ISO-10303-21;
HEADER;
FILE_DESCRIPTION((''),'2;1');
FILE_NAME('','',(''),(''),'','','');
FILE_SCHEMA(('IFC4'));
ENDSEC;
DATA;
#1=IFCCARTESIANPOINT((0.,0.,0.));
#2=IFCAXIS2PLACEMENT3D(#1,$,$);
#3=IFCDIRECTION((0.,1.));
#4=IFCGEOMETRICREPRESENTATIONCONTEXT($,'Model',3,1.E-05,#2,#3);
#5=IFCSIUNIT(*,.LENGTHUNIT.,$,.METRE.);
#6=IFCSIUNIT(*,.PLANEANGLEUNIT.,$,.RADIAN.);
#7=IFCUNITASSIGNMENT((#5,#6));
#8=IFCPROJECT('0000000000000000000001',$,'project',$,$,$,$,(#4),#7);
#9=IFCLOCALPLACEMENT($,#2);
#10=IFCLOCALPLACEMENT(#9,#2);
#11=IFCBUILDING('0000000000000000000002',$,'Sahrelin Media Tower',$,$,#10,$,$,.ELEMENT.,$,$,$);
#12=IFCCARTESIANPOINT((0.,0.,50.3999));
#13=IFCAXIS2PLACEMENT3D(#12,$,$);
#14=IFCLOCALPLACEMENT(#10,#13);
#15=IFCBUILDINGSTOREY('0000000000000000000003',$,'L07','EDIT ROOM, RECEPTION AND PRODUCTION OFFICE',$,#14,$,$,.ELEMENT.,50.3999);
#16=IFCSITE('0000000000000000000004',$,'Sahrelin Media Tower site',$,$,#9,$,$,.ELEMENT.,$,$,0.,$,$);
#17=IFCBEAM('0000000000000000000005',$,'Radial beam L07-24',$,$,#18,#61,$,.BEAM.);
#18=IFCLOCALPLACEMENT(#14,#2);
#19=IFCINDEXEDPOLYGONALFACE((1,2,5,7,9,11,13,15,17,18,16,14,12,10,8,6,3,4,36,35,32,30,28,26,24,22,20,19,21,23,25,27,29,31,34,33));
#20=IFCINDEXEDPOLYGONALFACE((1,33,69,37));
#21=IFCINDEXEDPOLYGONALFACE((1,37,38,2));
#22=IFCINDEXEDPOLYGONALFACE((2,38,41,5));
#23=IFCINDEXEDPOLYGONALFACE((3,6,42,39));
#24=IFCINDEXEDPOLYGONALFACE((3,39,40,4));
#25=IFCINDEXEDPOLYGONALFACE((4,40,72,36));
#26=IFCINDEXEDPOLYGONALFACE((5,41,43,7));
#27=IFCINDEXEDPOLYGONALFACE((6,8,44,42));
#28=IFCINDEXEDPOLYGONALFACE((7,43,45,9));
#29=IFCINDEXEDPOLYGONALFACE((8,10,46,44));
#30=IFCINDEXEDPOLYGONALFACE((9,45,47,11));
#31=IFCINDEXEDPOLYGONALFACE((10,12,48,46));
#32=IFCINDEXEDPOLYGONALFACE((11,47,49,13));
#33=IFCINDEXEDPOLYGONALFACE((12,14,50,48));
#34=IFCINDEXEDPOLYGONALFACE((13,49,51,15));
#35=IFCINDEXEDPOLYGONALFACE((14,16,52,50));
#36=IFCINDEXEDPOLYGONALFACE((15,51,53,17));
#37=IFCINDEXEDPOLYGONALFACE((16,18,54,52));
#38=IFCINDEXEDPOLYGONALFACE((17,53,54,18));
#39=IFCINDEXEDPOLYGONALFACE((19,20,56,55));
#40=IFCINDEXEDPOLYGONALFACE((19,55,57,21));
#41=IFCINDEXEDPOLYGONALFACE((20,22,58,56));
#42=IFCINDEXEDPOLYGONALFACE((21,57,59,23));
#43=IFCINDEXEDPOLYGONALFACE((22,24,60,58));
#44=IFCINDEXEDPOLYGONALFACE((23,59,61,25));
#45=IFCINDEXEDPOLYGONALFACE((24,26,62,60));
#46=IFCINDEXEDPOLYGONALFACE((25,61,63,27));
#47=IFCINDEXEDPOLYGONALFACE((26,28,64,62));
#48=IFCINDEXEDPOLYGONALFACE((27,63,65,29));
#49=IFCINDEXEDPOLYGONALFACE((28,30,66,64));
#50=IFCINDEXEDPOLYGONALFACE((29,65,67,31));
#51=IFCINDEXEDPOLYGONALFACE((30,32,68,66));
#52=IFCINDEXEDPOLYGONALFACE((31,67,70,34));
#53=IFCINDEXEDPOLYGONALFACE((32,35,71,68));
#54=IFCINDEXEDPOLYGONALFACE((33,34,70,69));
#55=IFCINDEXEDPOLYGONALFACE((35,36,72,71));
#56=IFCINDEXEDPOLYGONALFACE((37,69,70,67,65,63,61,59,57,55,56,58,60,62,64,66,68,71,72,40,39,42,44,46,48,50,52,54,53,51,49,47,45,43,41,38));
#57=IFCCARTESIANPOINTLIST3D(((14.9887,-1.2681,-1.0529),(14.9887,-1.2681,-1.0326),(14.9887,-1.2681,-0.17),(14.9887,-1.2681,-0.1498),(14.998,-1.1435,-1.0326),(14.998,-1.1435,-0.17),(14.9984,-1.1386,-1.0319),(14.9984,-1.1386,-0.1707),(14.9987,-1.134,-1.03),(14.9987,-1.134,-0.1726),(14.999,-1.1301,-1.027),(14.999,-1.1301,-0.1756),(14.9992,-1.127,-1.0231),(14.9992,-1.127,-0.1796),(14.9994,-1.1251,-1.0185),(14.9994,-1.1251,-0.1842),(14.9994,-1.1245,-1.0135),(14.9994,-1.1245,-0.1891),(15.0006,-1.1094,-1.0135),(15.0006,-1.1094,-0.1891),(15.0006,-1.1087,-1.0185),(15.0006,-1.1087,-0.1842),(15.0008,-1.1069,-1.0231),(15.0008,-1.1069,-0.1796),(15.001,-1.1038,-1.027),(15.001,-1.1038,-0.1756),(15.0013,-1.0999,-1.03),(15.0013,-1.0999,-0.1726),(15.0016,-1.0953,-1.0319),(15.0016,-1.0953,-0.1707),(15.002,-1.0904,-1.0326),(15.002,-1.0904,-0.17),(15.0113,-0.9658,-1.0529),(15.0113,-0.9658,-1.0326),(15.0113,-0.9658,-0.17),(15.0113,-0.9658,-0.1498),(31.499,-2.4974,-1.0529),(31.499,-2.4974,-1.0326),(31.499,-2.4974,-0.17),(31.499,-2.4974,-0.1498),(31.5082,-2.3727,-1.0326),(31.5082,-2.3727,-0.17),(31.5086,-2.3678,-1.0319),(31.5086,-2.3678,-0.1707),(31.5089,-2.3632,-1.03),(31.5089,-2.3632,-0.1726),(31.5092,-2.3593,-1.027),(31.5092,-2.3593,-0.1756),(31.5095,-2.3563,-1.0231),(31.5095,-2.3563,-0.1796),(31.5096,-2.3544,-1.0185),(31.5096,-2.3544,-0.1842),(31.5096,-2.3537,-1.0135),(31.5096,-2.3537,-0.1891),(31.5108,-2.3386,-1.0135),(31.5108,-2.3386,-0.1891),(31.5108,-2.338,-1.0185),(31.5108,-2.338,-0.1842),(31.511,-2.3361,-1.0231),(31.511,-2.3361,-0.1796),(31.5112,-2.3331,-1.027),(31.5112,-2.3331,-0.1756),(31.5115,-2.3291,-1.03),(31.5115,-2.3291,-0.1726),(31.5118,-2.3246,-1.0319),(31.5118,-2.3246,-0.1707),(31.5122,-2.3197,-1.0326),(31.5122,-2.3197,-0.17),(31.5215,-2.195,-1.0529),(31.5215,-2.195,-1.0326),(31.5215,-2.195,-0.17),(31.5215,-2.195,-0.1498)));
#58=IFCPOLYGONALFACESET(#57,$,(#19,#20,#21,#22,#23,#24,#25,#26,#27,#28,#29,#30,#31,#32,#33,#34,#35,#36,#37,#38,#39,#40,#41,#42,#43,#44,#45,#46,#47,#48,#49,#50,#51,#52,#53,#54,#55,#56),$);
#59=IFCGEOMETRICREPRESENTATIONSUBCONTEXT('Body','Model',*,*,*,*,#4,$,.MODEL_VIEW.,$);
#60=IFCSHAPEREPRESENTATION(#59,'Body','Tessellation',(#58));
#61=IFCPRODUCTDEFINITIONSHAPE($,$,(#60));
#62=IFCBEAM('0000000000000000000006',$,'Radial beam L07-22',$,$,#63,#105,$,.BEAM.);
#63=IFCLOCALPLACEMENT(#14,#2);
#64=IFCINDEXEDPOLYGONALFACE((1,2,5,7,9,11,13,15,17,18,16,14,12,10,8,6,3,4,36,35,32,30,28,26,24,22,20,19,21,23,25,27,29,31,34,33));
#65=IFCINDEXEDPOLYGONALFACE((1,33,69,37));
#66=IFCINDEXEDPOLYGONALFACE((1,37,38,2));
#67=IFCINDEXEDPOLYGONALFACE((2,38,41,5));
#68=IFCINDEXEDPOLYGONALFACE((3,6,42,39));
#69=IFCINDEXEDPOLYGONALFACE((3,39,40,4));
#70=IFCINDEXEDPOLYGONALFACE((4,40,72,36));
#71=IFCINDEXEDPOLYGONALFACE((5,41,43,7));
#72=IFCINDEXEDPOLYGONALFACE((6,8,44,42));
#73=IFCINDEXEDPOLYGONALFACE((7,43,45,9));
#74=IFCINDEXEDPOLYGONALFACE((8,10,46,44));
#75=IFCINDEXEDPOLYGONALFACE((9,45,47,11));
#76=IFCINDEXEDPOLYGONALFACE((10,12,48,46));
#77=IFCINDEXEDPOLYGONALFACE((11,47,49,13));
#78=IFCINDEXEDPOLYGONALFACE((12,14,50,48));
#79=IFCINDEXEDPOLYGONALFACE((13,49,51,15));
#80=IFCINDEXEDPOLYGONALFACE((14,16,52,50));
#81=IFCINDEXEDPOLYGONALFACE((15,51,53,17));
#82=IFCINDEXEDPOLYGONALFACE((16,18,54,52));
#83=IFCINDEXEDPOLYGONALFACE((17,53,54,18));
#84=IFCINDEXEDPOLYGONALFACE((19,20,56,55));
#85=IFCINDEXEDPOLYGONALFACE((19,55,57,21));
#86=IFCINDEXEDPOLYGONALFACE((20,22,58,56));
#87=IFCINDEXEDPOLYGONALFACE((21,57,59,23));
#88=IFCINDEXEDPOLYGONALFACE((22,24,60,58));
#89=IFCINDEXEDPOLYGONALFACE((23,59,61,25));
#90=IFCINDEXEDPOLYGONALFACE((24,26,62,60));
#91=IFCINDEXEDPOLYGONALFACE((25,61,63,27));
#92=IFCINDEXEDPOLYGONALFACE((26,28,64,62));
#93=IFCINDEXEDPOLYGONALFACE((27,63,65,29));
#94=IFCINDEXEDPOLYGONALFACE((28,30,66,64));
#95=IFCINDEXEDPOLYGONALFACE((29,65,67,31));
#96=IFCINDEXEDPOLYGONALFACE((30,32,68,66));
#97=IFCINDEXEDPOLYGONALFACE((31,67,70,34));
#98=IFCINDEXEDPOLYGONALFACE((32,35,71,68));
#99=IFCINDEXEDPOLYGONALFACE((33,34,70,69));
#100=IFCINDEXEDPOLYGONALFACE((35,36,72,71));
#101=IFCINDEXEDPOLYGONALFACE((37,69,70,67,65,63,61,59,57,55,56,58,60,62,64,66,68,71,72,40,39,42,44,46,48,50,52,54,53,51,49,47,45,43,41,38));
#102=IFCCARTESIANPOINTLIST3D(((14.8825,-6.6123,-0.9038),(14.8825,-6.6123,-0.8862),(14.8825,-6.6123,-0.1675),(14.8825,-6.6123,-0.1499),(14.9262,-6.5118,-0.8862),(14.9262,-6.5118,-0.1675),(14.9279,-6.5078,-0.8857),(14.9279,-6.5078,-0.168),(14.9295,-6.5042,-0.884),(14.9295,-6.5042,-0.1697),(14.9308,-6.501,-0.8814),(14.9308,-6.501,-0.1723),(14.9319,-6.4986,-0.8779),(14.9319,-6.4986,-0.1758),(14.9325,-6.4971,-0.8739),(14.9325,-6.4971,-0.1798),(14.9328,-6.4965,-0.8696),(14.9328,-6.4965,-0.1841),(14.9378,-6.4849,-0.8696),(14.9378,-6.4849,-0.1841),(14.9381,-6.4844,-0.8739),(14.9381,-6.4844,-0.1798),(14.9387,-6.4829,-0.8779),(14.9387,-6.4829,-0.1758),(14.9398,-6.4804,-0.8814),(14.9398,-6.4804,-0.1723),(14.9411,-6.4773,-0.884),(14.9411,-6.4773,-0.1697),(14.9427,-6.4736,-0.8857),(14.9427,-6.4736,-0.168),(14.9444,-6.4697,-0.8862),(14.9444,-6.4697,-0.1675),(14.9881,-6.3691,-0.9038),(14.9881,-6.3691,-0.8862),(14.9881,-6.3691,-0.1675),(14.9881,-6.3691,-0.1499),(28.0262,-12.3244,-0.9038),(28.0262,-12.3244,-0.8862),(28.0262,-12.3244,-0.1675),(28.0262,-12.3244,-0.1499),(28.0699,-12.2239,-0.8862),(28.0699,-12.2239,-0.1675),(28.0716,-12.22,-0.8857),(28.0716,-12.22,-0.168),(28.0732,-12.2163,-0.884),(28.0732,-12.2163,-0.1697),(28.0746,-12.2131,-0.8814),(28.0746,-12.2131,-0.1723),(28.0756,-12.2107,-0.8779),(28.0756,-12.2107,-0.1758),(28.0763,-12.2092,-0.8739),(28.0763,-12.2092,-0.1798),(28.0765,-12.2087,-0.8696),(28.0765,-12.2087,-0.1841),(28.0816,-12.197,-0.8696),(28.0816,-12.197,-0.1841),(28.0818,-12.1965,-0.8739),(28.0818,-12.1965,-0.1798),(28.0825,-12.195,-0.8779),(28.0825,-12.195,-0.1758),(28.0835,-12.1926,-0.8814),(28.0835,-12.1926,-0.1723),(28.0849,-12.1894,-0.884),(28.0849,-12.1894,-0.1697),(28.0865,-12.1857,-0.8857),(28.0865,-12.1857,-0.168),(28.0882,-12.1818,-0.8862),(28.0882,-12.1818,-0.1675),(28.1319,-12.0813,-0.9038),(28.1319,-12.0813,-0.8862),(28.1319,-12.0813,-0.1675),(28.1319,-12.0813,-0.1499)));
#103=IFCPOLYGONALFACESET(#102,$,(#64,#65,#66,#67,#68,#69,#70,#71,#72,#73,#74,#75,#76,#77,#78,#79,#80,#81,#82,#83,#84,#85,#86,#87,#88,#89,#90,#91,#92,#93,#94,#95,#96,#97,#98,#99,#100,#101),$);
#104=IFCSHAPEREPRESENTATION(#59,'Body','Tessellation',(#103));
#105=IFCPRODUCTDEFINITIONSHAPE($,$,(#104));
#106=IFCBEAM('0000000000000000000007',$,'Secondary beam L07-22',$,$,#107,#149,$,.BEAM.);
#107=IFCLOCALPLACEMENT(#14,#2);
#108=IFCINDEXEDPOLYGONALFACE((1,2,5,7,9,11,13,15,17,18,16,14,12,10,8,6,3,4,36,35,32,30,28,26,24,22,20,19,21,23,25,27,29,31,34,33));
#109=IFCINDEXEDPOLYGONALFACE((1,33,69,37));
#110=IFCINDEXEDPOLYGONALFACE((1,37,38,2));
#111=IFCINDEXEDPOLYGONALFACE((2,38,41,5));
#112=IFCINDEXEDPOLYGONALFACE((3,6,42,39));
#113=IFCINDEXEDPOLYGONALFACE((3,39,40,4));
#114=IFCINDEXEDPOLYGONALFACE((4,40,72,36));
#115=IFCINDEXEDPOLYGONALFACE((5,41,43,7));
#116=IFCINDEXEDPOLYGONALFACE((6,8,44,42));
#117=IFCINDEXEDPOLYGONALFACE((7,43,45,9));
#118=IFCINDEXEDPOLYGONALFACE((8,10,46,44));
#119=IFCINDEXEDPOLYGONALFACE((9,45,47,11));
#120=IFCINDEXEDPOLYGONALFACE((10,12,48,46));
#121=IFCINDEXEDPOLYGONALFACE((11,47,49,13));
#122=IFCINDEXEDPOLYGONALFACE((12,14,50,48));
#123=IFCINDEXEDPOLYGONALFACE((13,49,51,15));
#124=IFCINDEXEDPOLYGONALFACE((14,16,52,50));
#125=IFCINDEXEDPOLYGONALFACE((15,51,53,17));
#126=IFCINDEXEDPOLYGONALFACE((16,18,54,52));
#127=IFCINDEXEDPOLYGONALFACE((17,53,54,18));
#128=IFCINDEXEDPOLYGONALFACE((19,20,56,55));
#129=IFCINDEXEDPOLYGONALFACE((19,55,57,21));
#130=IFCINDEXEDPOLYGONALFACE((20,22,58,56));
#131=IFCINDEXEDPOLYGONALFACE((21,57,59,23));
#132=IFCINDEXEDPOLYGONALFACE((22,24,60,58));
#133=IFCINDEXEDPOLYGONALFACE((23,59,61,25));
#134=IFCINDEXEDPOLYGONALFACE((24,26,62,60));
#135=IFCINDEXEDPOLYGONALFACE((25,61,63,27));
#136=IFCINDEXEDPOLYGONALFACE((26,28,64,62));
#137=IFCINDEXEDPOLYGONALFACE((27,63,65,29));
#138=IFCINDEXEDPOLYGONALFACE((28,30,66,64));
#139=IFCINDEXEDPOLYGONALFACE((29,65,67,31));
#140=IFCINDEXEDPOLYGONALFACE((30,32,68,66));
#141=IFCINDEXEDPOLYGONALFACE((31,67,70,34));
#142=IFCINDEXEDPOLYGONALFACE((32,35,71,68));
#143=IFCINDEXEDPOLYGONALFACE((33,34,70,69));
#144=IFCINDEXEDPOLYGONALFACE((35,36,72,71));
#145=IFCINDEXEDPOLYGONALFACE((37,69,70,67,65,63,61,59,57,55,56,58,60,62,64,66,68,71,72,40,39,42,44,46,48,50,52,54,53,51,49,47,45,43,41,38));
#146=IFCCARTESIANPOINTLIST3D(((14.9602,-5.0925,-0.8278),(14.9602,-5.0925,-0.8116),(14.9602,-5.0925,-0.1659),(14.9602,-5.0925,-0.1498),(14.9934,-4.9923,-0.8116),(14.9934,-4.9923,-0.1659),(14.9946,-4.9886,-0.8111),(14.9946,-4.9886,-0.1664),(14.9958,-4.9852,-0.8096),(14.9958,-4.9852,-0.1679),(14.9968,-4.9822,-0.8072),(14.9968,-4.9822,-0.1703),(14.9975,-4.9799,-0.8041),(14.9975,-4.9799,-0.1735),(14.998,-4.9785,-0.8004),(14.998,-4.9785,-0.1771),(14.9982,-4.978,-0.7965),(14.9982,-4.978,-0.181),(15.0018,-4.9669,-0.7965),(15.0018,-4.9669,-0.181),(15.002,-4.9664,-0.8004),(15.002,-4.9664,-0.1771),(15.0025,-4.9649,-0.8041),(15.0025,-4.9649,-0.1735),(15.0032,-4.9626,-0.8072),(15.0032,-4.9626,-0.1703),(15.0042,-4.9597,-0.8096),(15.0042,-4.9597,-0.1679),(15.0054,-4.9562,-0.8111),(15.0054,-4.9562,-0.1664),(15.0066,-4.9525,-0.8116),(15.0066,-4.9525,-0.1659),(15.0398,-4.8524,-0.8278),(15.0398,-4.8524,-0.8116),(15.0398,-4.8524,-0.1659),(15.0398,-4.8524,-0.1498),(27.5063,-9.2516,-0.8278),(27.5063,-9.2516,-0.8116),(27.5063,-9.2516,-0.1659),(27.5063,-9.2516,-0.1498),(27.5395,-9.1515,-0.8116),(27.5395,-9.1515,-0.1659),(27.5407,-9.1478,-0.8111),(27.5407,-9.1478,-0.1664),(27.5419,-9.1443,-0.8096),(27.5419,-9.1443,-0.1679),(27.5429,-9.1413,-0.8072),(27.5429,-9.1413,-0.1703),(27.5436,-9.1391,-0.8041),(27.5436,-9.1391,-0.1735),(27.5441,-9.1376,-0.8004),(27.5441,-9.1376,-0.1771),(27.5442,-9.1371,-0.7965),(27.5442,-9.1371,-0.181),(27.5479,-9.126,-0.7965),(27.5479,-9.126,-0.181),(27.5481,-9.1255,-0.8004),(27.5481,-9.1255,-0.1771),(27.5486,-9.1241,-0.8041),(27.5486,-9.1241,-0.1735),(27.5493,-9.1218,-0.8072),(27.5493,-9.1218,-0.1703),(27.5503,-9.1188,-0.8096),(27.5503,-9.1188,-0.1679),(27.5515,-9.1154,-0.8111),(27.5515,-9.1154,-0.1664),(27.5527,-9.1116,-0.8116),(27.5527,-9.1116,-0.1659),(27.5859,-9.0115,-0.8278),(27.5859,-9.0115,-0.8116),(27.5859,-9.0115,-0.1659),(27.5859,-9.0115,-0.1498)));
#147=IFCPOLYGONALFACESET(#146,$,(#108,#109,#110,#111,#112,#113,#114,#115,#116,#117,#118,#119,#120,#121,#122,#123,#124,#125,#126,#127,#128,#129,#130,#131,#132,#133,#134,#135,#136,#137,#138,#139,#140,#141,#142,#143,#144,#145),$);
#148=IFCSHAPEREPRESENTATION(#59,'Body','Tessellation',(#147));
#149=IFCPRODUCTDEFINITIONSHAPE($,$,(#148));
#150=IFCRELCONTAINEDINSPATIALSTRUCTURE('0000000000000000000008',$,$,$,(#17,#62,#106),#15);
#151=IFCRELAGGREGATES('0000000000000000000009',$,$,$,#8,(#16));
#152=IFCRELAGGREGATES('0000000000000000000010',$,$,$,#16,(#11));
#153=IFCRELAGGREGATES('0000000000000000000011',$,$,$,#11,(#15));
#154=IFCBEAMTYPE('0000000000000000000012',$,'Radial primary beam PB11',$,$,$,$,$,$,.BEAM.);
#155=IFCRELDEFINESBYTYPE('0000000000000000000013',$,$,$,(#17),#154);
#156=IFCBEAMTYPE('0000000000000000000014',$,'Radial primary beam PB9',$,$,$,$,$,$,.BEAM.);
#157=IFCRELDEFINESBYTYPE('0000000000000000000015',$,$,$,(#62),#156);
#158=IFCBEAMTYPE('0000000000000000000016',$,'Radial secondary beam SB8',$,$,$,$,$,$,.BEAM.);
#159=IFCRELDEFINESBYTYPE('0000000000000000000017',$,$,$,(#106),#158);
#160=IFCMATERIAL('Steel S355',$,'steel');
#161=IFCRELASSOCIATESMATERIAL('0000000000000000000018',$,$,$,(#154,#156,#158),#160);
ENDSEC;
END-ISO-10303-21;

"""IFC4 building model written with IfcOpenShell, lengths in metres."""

from ifc_helpers import new_model, si_unit, direction, frame, origin, origin_2d, place, context, subcontext, project, spatial, i_section, extrude, material, material_profile, profile_set, type_object, element, save


model = new_model("IFC4")

# Units and contexts
model_context = context("Model", 3, precision=1e-05, world=origin(), true_north=direction((0.0, 1.0)))
body_context = subcontext(model_context, "Body", "Model", "MODEL_VIEW")
ifc_project = project(units=[si_unit("LENGTHUNIT", "METRE"), si_unit("PLANEANGLEUNIT", "RADIAN")], contexts=[model_context])

# Site, building, storey
site_placement = place(None, origin())
site = spatial("IfcSite", under=ifc_project, at=site_placement, Name="Sahrelin Media Tower site", CompositionType="ELEMENT", RefElevation=0.0)
building_placement = place(site_placement, origin())
building = spatial("IfcBuilding", under=site, at=building_placement, Name="Sahrelin Media Tower", CompositionType="ELEMENT")
storey_placement = place(building_placement, frame((0.0, 0.0, 50.3999)))
storey = spatial("IfcBuildingStorey", under=building, at=storey_placement, Name="L07", Description="EDIT ROOM, RECEPTION AND PRODUCTION OFFICE", CompositionType="ELEMENT", Elevation=50.3999)

# Shared definitions
ifc_material_1 = material(Name="Steel S355", Category="steel")

# Beams
ifc_material_profile_1 = material_profile(ifc_material_1, i_section(OverallWidth=0.3032, OverallDepth=0.9031, WebThickness=0.0151, FlangeThickness=0.0203, FilletRadius=0.019, at=origin_2d()), Name="UB 914x305x201")
ifc_profile_set_1 = profile_set([ifc_material_profile_1], Name="Steel S355")
beam_type_1 = type_object("IfcBeamType", Name="Radial primary beam PB11", PredefinedType="BEAM", material=ifc_profile_set_1)
beam_1_placement = place(storey_placement, frame((15.0, -1.1169, -0.6013), z_axis=(0.99724, -0.074248, 0.0), x_axis=(0.074248, 0.99724, 0.0)))
element("IfcBeam", 1, at=beam_1_placement, inside=storey, type_object=beam_type_1, Name="Radial beam L07-24", PredefinedType="BEAM", context=body_context, shape_type="SweptSolid", body=[
    extrude(i_section(OverallWidth=0.3032, OverallDepth=0.9031, WebThickness=0.0151, FlangeThickness=0.0203, FilletRadius=0.019, at=origin_2d()), origin(), (0.0, 0.0, 1.0), 16.5559),
])
ifc_material_profile_2 = material_profile(ifc_material_1, i_section(OverallWidth=0.2651, OverallDepth=0.7539, WebThickness=0.0127, FlangeThickness=0.0176, FilletRadius=0.0166, at=origin_2d()), Name="UB 762x267x147")
ifc_profile_set_2 = profile_set([ifc_material_profile_2], Name="Steel S355")
beam_type_2 = type_object("IfcBeamType", Name="Radial primary beam PB9", PredefinedType="BEAM", material=ifc_profile_set_2)
beam_2_placement = place(storey_placement, frame((14.9353, -6.4907, -0.5269), z_axis=(0.917135, -0.398577, 0.0), x_axis=(0.398577, 0.917135, 0.0)))
element("IfcBeam", 2, at=beam_2_placement, inside=storey, type_object=beam_type_2, Name="Radial beam L07-22", PredefinedType="BEAM", context=body_context, shape_type="SweptSolid", body=[
    extrude(i_section(OverallWidth=0.2651, OverallDepth=0.7539, WebThickness=0.0127, FlangeThickness=0.0176, FilletRadius=0.0166, at=origin_2d()), origin(), (0.0, 0.0, 1.0), 14.3313),
])
ifc_material_profile_3 = material_profile(ifc_material_1, i_section(OverallWidth=0.2529, OverallDepth=0.678, WebThickness=0.0117, FlangeThickness=0.0161, FilletRadius=0.0151, at=origin_2d()), Name="UB 686x254x125")
ifc_profile_set_3 = profile_set([ifc_material_profile_3], Name="Steel S355")
beam_type_3 = type_object("IfcBeamType", Name="Radial secondary beam SB8", PredefinedType="BEAM", material=ifc_profile_set_3)
beam_3_placement = place(storey_placement, frame((15.0, -4.9724, -0.4888), z_axis=(0.949201, -0.31467, 0.0), x_axis=(0.31467, 0.949201, 0.0)))
element("IfcBeam", 3, at=beam_3_placement, inside=storey, type_object=beam_type_3, Name="Secondary beam L07-22", PredefinedType="BEAM", context=body_context, shape_type="SweptSolid", body=[
    extrude(i_section(OverallWidth=0.2529, OverallDepth=0.678, WebThickness=0.0117, FlangeThickness=0.0161, FilletRadius=0.0151, at=origin_2d()), origin(), (0.0, 0.0, 1.0), 13.2175),
])

save(model, "model.ifc")
